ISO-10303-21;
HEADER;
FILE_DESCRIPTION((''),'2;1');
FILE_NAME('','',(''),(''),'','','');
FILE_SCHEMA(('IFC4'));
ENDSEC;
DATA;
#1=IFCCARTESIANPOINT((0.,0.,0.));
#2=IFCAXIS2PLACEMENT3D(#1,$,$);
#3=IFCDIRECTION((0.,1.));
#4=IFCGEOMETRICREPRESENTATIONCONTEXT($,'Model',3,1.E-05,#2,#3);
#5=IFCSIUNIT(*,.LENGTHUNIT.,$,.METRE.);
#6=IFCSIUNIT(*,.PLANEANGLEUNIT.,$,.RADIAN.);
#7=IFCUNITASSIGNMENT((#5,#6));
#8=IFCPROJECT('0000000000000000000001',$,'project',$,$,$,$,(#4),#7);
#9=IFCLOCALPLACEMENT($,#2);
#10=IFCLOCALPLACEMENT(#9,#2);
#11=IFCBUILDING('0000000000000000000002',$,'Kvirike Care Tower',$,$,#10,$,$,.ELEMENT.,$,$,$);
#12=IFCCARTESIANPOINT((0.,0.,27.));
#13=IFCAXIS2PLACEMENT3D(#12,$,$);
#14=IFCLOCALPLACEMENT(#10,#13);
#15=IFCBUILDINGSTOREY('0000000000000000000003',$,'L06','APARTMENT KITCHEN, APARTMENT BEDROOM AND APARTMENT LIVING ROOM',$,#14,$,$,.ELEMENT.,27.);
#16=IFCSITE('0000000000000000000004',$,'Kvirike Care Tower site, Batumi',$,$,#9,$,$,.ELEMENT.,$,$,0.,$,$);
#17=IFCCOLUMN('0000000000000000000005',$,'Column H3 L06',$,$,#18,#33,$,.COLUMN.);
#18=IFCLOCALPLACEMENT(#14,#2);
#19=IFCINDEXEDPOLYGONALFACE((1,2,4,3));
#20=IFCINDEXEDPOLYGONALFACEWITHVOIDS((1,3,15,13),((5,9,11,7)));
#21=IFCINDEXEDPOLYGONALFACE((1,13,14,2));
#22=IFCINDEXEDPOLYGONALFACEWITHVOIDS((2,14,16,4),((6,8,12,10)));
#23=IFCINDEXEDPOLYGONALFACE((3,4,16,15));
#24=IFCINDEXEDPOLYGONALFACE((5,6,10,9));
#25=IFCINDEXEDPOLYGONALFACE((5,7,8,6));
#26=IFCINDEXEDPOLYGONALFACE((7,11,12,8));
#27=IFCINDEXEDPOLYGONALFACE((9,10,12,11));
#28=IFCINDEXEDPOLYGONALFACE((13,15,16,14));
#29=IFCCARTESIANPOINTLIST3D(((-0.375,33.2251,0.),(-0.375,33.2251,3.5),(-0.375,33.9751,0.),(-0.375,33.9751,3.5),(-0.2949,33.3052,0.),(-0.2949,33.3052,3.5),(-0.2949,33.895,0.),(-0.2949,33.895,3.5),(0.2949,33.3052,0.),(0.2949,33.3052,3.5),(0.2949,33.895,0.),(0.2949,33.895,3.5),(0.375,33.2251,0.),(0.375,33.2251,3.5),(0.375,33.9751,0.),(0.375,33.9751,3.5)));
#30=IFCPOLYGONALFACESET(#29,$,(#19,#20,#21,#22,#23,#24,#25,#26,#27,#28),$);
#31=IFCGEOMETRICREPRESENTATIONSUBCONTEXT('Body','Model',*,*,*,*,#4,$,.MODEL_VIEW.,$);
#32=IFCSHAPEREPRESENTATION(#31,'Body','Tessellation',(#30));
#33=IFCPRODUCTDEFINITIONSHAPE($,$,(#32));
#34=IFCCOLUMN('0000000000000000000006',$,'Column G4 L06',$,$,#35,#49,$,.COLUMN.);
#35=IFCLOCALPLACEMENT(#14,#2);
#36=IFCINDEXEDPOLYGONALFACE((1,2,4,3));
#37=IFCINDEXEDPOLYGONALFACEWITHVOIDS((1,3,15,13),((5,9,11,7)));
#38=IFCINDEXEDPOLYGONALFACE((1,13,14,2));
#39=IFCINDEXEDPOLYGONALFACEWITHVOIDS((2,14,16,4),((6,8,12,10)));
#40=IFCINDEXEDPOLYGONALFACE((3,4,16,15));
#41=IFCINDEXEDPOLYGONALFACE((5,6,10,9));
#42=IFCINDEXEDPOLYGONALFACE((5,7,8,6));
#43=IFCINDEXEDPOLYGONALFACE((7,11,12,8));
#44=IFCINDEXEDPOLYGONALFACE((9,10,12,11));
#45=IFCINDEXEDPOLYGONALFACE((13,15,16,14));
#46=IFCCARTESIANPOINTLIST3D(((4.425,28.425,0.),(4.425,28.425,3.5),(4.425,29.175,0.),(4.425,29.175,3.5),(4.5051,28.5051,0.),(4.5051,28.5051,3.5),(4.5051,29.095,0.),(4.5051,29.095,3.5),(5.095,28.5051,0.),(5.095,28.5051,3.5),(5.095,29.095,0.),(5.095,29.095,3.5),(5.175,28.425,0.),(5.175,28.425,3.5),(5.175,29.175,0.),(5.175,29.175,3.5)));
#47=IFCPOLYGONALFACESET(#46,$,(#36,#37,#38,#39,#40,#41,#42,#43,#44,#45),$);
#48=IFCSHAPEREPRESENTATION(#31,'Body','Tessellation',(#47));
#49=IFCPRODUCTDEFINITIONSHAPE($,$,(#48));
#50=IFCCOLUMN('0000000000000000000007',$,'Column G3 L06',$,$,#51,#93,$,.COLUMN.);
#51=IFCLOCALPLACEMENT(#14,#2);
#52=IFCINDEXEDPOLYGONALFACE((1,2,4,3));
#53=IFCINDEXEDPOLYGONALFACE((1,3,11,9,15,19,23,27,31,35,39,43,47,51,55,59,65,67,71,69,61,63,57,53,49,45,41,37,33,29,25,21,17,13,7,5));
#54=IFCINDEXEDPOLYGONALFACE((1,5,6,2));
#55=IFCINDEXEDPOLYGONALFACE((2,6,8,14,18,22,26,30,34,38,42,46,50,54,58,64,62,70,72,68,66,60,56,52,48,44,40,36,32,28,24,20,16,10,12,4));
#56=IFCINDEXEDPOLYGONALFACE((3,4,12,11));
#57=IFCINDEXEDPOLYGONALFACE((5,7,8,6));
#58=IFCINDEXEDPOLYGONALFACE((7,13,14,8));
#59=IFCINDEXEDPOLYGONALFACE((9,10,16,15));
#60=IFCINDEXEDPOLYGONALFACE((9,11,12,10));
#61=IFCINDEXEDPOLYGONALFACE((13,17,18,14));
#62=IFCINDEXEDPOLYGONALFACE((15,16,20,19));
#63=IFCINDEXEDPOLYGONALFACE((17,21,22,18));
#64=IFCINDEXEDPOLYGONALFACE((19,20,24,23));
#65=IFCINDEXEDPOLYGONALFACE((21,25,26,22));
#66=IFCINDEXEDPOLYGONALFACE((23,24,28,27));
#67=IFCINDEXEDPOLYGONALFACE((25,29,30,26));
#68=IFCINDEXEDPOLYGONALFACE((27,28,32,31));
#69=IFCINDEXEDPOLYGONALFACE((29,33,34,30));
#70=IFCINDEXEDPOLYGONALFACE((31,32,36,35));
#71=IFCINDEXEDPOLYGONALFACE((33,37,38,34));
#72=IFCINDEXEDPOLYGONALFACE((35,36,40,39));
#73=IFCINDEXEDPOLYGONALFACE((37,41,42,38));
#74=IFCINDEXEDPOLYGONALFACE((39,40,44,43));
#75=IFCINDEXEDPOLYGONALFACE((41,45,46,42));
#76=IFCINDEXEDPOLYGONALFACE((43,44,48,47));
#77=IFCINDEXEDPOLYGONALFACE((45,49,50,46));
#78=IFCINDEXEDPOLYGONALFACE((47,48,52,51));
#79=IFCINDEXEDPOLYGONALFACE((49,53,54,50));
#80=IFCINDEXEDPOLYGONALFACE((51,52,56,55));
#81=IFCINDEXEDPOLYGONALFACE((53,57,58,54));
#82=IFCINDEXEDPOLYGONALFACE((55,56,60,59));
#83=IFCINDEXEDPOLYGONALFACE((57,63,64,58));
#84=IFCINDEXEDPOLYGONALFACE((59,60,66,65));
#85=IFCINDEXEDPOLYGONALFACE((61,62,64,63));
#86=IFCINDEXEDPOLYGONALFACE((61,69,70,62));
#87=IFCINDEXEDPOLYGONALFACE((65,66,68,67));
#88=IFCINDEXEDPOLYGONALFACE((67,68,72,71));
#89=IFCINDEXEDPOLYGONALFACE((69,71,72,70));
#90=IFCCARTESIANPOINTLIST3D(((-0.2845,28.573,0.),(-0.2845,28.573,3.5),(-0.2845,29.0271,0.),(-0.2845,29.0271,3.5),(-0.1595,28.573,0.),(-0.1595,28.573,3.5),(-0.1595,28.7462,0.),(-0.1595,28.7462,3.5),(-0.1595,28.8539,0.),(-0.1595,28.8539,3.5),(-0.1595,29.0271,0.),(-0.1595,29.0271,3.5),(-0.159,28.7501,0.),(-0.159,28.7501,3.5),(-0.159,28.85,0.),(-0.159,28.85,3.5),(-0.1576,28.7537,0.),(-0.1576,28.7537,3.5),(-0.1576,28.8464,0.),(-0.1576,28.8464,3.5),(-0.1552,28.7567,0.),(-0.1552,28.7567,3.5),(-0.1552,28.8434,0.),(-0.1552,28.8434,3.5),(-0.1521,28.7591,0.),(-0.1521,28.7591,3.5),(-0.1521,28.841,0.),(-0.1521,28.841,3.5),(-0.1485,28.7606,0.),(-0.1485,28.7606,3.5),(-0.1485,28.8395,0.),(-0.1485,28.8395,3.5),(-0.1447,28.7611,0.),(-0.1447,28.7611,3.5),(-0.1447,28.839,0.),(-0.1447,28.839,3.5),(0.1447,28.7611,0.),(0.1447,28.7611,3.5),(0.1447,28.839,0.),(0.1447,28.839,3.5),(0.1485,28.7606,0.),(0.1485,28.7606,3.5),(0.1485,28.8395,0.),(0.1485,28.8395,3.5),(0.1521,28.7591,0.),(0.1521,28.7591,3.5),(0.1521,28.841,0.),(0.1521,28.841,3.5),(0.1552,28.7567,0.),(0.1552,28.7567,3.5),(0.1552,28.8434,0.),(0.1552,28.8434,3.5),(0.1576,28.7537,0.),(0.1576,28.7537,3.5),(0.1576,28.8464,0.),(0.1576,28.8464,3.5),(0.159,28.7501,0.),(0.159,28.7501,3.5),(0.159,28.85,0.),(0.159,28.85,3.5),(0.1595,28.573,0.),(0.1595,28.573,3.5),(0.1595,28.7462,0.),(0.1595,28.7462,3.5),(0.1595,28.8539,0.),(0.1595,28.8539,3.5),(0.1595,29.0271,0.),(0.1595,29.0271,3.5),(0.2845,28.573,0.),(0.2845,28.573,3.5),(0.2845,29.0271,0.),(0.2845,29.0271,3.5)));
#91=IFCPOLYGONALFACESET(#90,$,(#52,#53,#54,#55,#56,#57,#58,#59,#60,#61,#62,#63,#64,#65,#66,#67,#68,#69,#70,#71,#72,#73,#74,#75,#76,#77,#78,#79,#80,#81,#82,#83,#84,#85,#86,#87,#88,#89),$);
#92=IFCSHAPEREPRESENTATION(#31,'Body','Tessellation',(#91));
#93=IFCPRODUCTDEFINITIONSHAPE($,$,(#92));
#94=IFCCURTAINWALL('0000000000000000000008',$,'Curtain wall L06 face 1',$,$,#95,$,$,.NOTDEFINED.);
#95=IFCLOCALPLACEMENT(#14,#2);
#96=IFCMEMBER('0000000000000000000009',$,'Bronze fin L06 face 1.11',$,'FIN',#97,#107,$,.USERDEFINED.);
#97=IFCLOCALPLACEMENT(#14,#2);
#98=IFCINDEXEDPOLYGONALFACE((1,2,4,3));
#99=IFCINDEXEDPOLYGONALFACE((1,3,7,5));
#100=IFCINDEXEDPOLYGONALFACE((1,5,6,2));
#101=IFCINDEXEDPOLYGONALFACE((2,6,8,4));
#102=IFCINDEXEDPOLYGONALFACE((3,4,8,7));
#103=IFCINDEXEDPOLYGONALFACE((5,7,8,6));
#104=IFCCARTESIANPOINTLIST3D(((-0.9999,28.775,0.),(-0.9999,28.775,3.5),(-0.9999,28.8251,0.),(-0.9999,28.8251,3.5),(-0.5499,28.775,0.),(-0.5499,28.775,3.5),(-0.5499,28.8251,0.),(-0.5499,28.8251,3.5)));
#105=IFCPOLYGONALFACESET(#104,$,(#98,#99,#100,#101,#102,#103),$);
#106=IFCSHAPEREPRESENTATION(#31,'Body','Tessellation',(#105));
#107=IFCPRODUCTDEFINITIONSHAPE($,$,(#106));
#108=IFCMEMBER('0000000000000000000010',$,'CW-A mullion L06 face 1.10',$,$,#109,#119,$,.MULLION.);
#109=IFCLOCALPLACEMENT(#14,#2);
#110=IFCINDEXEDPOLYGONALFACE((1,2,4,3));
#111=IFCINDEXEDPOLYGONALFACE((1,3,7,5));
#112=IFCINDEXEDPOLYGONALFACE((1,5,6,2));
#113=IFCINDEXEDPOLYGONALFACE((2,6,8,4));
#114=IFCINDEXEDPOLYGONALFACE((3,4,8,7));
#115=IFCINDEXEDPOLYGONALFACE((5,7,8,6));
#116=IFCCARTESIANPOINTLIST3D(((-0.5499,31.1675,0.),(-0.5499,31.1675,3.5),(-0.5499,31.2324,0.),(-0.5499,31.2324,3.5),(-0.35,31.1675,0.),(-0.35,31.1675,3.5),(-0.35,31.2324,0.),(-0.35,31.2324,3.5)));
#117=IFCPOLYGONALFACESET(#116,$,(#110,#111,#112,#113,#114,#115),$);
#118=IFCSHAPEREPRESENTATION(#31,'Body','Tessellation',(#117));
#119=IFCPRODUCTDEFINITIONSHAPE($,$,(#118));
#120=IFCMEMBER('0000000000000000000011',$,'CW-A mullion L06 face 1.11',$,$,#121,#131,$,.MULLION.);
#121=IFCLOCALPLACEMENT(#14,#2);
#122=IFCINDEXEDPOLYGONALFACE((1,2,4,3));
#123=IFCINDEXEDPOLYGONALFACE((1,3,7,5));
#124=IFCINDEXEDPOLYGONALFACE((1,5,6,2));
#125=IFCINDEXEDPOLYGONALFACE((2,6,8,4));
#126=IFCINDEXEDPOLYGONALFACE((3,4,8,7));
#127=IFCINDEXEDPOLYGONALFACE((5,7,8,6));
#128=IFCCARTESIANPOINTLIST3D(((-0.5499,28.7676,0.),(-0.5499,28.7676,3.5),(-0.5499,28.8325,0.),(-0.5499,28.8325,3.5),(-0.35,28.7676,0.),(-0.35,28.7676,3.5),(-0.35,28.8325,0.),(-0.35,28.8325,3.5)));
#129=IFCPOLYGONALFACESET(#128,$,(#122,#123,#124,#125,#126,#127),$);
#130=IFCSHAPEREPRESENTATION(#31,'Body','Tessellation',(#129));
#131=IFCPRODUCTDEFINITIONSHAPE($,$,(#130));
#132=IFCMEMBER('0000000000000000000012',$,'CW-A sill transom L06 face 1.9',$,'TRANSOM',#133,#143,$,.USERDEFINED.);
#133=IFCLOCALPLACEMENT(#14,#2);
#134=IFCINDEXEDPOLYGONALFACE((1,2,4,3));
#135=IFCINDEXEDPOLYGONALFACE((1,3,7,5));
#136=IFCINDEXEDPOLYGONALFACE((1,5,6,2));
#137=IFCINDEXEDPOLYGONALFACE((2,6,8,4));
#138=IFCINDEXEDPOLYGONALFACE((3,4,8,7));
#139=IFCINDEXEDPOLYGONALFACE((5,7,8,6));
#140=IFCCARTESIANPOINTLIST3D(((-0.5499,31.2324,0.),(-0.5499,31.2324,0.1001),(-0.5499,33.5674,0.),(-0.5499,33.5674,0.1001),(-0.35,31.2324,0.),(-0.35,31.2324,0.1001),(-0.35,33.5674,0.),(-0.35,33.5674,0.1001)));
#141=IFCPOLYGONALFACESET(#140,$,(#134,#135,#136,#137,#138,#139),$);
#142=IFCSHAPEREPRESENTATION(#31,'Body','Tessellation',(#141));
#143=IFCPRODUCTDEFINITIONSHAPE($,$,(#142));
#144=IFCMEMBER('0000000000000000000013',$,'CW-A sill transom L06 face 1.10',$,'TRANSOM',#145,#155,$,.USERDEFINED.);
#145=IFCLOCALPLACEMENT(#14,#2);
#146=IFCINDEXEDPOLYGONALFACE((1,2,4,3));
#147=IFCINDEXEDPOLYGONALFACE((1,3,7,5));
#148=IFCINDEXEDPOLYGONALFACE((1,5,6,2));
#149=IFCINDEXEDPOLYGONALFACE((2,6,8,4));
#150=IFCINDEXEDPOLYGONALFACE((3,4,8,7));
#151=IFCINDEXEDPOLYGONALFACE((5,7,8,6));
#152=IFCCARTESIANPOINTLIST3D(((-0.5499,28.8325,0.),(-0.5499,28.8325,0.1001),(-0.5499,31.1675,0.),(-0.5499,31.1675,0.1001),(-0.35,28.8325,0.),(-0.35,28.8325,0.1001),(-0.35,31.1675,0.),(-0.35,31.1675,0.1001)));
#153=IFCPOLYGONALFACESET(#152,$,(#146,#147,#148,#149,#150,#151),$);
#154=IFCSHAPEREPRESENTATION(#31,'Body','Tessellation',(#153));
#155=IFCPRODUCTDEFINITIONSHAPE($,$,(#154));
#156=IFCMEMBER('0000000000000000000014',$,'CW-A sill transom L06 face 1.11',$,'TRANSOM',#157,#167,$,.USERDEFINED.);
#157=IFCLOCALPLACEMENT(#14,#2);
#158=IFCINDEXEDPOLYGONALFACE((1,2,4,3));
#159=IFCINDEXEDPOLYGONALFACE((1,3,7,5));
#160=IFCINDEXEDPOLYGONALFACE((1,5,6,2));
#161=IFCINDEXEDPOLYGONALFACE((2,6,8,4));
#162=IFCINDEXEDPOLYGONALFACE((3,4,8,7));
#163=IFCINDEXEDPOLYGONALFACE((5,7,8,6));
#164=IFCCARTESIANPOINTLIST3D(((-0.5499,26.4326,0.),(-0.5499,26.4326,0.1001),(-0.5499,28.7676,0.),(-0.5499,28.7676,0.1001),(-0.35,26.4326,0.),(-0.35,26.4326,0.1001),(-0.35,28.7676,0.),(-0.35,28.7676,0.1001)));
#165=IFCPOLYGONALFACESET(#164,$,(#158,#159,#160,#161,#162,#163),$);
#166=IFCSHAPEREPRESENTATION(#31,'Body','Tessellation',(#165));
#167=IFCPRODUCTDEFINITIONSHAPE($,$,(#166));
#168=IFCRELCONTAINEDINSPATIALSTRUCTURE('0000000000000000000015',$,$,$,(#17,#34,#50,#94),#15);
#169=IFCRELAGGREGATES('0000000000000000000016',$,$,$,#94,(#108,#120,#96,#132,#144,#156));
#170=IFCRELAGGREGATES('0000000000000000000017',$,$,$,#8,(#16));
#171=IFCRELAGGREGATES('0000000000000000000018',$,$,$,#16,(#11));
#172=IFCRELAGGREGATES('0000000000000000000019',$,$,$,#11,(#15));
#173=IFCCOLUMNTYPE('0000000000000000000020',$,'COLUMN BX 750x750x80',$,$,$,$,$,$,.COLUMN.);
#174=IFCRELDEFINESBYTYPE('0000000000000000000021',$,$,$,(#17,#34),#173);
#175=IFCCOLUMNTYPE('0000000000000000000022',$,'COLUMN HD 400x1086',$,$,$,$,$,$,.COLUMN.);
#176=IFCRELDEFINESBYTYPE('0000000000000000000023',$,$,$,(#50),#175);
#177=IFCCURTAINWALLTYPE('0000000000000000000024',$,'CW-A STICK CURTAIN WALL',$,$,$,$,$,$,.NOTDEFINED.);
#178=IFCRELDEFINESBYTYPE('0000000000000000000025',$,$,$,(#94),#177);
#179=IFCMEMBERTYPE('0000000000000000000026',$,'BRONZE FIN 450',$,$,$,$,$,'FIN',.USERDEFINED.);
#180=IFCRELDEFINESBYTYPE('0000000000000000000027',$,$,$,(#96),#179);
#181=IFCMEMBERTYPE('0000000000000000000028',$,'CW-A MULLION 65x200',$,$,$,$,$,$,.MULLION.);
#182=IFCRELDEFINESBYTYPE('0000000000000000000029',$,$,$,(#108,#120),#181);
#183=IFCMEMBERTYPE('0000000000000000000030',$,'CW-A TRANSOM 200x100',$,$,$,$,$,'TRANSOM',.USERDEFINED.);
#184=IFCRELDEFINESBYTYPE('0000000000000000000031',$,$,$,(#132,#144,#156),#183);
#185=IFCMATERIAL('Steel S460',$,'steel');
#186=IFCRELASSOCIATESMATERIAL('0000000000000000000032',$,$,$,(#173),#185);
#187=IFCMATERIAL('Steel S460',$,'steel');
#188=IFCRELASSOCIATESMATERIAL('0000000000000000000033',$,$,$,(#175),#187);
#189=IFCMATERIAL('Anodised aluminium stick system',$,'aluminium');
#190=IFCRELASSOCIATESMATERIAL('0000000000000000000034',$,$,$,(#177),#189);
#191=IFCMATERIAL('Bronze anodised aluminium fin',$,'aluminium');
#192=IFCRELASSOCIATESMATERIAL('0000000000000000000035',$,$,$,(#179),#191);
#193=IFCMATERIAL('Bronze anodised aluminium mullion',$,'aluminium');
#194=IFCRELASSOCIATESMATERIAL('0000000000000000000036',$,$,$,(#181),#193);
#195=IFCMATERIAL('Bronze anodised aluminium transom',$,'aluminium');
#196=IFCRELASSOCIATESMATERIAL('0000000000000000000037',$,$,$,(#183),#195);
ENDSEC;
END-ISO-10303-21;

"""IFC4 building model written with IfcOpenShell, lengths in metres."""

from ifc_helpers import new_model, si_unit, direction, frame, origin, origin_2d, place, context, subcontext, project, spatial, rectangle, hollow_rectangle, i_section, extrude, material, material_profile, profile_set, type_object, element, aggregate, save


model = new_model("IFC4")

# Units and contexts
model_context = context("Model", 3, precision=1e-05, world=origin(), true_north=direction((0.0, 1.0)))
body_context = subcontext(model_context, "Body", "Model", "MODEL_VIEW")
ifc_project = project(units=[si_unit("LENGTHUNIT", "METRE"), si_unit("PLANEANGLEUNIT", "RADIAN")], contexts=[model_context])

# Site, building, storey
site_placement = place(None, origin())
site = spatial("IfcSite", under=ifc_project, at=site_placement, Name="Kvirike Care Tower site, Batumi", CompositionType="ELEMENT", RefElevation=0.0)
building_placement = place(site_placement, origin())
building = spatial("IfcBuilding", under=site, at=building_placement, Name="Kvirike Care Tower", CompositionType="ELEMENT")
storey_placement = place(building_placement, frame((0.0, 0.0, 27.0)))
storey = spatial("IfcBuildingStorey", under=building, at=storey_placement, Name="L06", Description="APARTMENT KITCHEN, APARTMENT BEDROOM AND APARTMENT LIVING ROOM", CompositionType="ELEMENT", Elevation=27.0)

# Columns
ifc_material_1 = material(Name="Steel S460", Category="steel")
ifc_material_profile_1 = material_profile(ifc_material_1, hollow_rectangle(XDim=0.75, YDim=0.75, WallThickness=0.0801, at=origin_2d()), Name="BX 750x750x80")
ifc_profile_set_1 = profile_set([ifc_material_profile_1], Name="Steel S460")
column_type_1 = type_object("IfcColumnType", Name="COLUMN BX 750x750x80", PredefinedType="COLUMN", material=ifc_profile_set_1)
for number, where, z_axis, x_axis, name in (
    (1, (0.0, 33.6001, 0.0), (0.0, 0.0, 1.0), (1.0, 0.0, 0.0), "Column H3 L06"),
    (2, (4.8, 28.8, 0.0), (0.0, 0.0, 1.0), (0.0, 1.0, 0.0), "Column G4 L06"),
):
    element("IfcColumn", number, at=place(storey_placement, frame(where, z_axis=z_axis, x_axis=x_axis)), inside=storey, type_object=column_type_1, Name=name, PredefinedType="COLUMN", context=body_context, shape_type="SweptSolid", body=[
        extrude(hollow_rectangle(XDim=0.75, YDim=0.75, WallThickness=0.0801, at=origin_2d()), origin(), (0.0, 0.0, 1.0), 3.5),
    ])
ifc_material_2 = material(Name="Steel S460", Category="steel")
ifc_material_profile_2 = material_profile(ifc_material_2, i_section(OverallWidth=0.4541, OverallDepth=0.5691, WebThickness=0.0779, FlangeThickness=0.125, FilletRadius=0.0149, at=origin_2d()), Name="HD 400x1086")
ifc_profile_set_2 = profile_set([ifc_material_profile_2], Name="Steel S460")
column_type_2 = type_object("IfcColumnType", Name="COLUMN HD 400x1086", PredefinedType="COLUMN", material=ifc_profile_set_2)
column_placement = place(storey_placement, frame((0.0, 28.8, 0.0), z_axis=(0.0, 0.0, 1.0), x_axis=(0.0, 1.0, 0.0)))
element("IfcColumn", 3, at=column_placement, inside=storey, type_object=column_type_2, Name="Column G3 L06", PredefinedType="COLUMN", context=body_context, shape_type="SweptSolid", body=[
    extrude(i_section(OverallWidth=0.4541, OverallDepth=0.5691, WebThickness=0.0779, FlangeThickness=0.125, FilletRadius=0.0149, at=origin_2d()), origin(), (0.0, 0.0, 1.0), 3.5),
])

# Curtain wall, members
ifc_material_3 = material(Name="Anodised aluminium stick system", Category="aluminium")
curtain_wall_type = type_object("IfcCurtainWallType", Name="CW-A STICK CURTAIN WALL", PredefinedType="NOTDEFINED", material=ifc_material_3)
curtain_wall_placement = place(storey_placement, origin())
curtain_wall = element("IfcCurtainWall", 4, at=curtain_wall_placement, inside=storey, type_object=curtain_wall_type, Name="Curtain wall L06 face 1", PredefinedType="NOTDEFINED")
ifc_material_4 = material(Name="Bronze anodised aluminium fin", Category="aluminium")
ifc_material_profile_3 = material_profile(ifc_material_4, rectangle(XDim=0.05, YDim=0.45, at=origin_2d()), Name="BRONZE FIN 450")
ifc_profile_set_3 = profile_set([ifc_material_profile_3], Name="Bronze anodised aluminium fin")
member_type_1 = type_object("IfcMemberType", Name="BRONZE FIN 450", ElementType="FIN", PredefinedType="USERDEFINED", material=ifc_profile_set_3)
member_1_placement = place(storey_placement, frame((-0.7749, 28.8, 0.0), z_axis=(0.0, 0.0, 1.0), x_axis=(0.0, -1.0, 0.0)))
member_1 = element("IfcMember", 5, at=member_1_placement, type_object=member_type_1, Name="Bronze fin L06 face 1.11", ObjectType="FIN", PredefinedType="USERDEFINED", context=body_context, shape_type="SweptSolid", body=[
    extrude(rectangle(XDim=0.05, YDim=0.45, at=origin_2d()), origin(), (0.0, 0.0, 1.0), 3.5),
])
ifc_material_5 = material(Name="Bronze anodised aluminium mullion", Category="aluminium")
ifc_material_profile_4 = material_profile(ifc_material_5, rectangle(XDim=0.0649, YDim=0.2, at=origin_2d()), Name="CW-A MULLION 65x200")
ifc_profile_set_4 = profile_set([ifc_material_profile_4], Name="Bronze anodised aluminium mullion")
member_type_2 = type_object("IfcMemberType", Name="CW-A MULLION 65x200", PredefinedType="MULLION", material=ifc_profile_set_4)
member_2_placement = place(storey_placement, frame((-0.45, 31.2, 0.0), z_axis=(0.0, 0.0, 1.0), x_axis=(0.0, -1.0, 0.0)))
member_2 = element("IfcMember", 6, at=member_2_placement, type_object=member_type_2, Name="CW-A mullion L06 face 1.10", PredefinedType="MULLION", context=body_context, shape_type="SweptSolid", body=[
    extrude(rectangle(XDim=0.0649, YDim=0.2, at=origin_2d()), origin(), (0.0, 0.0, 1.0), 3.5),
])
member_3_placement = place(storey_placement, frame((-0.45, 28.8, 0.0), z_axis=(0.0, 0.0, 1.0), x_axis=(0.0, -1.0, 0.0)))
member_3 = element("IfcMember", 7, at=member_3_placement, type_object=member_type_2, Name="CW-A mullion L06 face 1.11", PredefinedType="MULLION", context=body_context, shape_type="SweptSolid", body=[
    extrude(rectangle(XDim=0.0649, YDim=0.2, at=origin_2d()), origin(), (0.0, 0.0, 1.0), 3.5),
])
ifc_material_6 = material(Name="Bronze anodised aluminium transom", Category="aluminium")
ifc_material_profile_5 = material_profile(ifc_material_6, rectangle(XDim=0.2, YDim=0.1001, at=origin_2d()), Name="CW-A TRANSOM 200x100")
ifc_profile_set_5 = profile_set([ifc_material_profile_5], Name="Bronze anodised aluminium transom")
member_type_3 = type_object("IfcMemberType", Name="CW-A TRANSOM 200x100", ElementType="TRANSOM", PredefinedType="USERDEFINED", material=ifc_profile_set_5)
member_4_placement = place(storey_placement, frame((-0.45, 33.5674, 0.05), z_axis=(0.0, -1.0, 0.0), x_axis=(1.0, 0.0, 0.0)))
member_4 = element("IfcMember", 8, at=member_4_placement, type_object=member_type_3, Name="CW-A sill transom L06 face 1.9", ObjectType="TRANSOM", PredefinedType="USERDEFINED", context=body_context, shape_type="SweptSolid", body=[
    extrude(rectangle(XDim=0.2, YDim=0.1001, at=origin_2d()), origin(), (0.0, 0.0, 1.0), 2.335),
])
member_5_placement = place(storey_placement, frame((-0.45, 31.1675, 0.05), z_axis=(0.0, -1.0, 0.0), x_axis=(1.0, 0.0, 0.0)))
member_5 = element("IfcMember", 9, at=member_5_placement, type_object=member_type_3, Name="CW-A sill transom L06 face 1.10", ObjectType="TRANSOM", PredefinedType="USERDEFINED", context=body_context, shape_type="SweptSolid", body=[
    extrude(rectangle(XDim=0.2, YDim=0.1001, at=origin_2d()), origin(), (0.0, 0.0, 1.0), 2.335),
])
member_6_placement = place(storey_placement, frame((-0.45, 28.7676, 0.05), z_axis=(0.0, -1.0, 0.0), x_axis=(1.0, 0.0, 0.0)))
member_6 = element("IfcMember", 10, at=member_6_placement, type_object=member_type_3, Name="CW-A sill transom L06 face 1.11", ObjectType="TRANSOM", PredefinedType="USERDEFINED", context=body_context, shape_type="SweptSolid", body=[
    extrude(rectangle(XDim=0.2, YDim=0.1001, at=origin_2d()), origin(), (0.0, 0.0, 1.0), 2.335),
])

aggregate(curtain_wall, [member_2, member_3, member_1, member_4, member_5, member_6])

save(model, "model.ifc")
